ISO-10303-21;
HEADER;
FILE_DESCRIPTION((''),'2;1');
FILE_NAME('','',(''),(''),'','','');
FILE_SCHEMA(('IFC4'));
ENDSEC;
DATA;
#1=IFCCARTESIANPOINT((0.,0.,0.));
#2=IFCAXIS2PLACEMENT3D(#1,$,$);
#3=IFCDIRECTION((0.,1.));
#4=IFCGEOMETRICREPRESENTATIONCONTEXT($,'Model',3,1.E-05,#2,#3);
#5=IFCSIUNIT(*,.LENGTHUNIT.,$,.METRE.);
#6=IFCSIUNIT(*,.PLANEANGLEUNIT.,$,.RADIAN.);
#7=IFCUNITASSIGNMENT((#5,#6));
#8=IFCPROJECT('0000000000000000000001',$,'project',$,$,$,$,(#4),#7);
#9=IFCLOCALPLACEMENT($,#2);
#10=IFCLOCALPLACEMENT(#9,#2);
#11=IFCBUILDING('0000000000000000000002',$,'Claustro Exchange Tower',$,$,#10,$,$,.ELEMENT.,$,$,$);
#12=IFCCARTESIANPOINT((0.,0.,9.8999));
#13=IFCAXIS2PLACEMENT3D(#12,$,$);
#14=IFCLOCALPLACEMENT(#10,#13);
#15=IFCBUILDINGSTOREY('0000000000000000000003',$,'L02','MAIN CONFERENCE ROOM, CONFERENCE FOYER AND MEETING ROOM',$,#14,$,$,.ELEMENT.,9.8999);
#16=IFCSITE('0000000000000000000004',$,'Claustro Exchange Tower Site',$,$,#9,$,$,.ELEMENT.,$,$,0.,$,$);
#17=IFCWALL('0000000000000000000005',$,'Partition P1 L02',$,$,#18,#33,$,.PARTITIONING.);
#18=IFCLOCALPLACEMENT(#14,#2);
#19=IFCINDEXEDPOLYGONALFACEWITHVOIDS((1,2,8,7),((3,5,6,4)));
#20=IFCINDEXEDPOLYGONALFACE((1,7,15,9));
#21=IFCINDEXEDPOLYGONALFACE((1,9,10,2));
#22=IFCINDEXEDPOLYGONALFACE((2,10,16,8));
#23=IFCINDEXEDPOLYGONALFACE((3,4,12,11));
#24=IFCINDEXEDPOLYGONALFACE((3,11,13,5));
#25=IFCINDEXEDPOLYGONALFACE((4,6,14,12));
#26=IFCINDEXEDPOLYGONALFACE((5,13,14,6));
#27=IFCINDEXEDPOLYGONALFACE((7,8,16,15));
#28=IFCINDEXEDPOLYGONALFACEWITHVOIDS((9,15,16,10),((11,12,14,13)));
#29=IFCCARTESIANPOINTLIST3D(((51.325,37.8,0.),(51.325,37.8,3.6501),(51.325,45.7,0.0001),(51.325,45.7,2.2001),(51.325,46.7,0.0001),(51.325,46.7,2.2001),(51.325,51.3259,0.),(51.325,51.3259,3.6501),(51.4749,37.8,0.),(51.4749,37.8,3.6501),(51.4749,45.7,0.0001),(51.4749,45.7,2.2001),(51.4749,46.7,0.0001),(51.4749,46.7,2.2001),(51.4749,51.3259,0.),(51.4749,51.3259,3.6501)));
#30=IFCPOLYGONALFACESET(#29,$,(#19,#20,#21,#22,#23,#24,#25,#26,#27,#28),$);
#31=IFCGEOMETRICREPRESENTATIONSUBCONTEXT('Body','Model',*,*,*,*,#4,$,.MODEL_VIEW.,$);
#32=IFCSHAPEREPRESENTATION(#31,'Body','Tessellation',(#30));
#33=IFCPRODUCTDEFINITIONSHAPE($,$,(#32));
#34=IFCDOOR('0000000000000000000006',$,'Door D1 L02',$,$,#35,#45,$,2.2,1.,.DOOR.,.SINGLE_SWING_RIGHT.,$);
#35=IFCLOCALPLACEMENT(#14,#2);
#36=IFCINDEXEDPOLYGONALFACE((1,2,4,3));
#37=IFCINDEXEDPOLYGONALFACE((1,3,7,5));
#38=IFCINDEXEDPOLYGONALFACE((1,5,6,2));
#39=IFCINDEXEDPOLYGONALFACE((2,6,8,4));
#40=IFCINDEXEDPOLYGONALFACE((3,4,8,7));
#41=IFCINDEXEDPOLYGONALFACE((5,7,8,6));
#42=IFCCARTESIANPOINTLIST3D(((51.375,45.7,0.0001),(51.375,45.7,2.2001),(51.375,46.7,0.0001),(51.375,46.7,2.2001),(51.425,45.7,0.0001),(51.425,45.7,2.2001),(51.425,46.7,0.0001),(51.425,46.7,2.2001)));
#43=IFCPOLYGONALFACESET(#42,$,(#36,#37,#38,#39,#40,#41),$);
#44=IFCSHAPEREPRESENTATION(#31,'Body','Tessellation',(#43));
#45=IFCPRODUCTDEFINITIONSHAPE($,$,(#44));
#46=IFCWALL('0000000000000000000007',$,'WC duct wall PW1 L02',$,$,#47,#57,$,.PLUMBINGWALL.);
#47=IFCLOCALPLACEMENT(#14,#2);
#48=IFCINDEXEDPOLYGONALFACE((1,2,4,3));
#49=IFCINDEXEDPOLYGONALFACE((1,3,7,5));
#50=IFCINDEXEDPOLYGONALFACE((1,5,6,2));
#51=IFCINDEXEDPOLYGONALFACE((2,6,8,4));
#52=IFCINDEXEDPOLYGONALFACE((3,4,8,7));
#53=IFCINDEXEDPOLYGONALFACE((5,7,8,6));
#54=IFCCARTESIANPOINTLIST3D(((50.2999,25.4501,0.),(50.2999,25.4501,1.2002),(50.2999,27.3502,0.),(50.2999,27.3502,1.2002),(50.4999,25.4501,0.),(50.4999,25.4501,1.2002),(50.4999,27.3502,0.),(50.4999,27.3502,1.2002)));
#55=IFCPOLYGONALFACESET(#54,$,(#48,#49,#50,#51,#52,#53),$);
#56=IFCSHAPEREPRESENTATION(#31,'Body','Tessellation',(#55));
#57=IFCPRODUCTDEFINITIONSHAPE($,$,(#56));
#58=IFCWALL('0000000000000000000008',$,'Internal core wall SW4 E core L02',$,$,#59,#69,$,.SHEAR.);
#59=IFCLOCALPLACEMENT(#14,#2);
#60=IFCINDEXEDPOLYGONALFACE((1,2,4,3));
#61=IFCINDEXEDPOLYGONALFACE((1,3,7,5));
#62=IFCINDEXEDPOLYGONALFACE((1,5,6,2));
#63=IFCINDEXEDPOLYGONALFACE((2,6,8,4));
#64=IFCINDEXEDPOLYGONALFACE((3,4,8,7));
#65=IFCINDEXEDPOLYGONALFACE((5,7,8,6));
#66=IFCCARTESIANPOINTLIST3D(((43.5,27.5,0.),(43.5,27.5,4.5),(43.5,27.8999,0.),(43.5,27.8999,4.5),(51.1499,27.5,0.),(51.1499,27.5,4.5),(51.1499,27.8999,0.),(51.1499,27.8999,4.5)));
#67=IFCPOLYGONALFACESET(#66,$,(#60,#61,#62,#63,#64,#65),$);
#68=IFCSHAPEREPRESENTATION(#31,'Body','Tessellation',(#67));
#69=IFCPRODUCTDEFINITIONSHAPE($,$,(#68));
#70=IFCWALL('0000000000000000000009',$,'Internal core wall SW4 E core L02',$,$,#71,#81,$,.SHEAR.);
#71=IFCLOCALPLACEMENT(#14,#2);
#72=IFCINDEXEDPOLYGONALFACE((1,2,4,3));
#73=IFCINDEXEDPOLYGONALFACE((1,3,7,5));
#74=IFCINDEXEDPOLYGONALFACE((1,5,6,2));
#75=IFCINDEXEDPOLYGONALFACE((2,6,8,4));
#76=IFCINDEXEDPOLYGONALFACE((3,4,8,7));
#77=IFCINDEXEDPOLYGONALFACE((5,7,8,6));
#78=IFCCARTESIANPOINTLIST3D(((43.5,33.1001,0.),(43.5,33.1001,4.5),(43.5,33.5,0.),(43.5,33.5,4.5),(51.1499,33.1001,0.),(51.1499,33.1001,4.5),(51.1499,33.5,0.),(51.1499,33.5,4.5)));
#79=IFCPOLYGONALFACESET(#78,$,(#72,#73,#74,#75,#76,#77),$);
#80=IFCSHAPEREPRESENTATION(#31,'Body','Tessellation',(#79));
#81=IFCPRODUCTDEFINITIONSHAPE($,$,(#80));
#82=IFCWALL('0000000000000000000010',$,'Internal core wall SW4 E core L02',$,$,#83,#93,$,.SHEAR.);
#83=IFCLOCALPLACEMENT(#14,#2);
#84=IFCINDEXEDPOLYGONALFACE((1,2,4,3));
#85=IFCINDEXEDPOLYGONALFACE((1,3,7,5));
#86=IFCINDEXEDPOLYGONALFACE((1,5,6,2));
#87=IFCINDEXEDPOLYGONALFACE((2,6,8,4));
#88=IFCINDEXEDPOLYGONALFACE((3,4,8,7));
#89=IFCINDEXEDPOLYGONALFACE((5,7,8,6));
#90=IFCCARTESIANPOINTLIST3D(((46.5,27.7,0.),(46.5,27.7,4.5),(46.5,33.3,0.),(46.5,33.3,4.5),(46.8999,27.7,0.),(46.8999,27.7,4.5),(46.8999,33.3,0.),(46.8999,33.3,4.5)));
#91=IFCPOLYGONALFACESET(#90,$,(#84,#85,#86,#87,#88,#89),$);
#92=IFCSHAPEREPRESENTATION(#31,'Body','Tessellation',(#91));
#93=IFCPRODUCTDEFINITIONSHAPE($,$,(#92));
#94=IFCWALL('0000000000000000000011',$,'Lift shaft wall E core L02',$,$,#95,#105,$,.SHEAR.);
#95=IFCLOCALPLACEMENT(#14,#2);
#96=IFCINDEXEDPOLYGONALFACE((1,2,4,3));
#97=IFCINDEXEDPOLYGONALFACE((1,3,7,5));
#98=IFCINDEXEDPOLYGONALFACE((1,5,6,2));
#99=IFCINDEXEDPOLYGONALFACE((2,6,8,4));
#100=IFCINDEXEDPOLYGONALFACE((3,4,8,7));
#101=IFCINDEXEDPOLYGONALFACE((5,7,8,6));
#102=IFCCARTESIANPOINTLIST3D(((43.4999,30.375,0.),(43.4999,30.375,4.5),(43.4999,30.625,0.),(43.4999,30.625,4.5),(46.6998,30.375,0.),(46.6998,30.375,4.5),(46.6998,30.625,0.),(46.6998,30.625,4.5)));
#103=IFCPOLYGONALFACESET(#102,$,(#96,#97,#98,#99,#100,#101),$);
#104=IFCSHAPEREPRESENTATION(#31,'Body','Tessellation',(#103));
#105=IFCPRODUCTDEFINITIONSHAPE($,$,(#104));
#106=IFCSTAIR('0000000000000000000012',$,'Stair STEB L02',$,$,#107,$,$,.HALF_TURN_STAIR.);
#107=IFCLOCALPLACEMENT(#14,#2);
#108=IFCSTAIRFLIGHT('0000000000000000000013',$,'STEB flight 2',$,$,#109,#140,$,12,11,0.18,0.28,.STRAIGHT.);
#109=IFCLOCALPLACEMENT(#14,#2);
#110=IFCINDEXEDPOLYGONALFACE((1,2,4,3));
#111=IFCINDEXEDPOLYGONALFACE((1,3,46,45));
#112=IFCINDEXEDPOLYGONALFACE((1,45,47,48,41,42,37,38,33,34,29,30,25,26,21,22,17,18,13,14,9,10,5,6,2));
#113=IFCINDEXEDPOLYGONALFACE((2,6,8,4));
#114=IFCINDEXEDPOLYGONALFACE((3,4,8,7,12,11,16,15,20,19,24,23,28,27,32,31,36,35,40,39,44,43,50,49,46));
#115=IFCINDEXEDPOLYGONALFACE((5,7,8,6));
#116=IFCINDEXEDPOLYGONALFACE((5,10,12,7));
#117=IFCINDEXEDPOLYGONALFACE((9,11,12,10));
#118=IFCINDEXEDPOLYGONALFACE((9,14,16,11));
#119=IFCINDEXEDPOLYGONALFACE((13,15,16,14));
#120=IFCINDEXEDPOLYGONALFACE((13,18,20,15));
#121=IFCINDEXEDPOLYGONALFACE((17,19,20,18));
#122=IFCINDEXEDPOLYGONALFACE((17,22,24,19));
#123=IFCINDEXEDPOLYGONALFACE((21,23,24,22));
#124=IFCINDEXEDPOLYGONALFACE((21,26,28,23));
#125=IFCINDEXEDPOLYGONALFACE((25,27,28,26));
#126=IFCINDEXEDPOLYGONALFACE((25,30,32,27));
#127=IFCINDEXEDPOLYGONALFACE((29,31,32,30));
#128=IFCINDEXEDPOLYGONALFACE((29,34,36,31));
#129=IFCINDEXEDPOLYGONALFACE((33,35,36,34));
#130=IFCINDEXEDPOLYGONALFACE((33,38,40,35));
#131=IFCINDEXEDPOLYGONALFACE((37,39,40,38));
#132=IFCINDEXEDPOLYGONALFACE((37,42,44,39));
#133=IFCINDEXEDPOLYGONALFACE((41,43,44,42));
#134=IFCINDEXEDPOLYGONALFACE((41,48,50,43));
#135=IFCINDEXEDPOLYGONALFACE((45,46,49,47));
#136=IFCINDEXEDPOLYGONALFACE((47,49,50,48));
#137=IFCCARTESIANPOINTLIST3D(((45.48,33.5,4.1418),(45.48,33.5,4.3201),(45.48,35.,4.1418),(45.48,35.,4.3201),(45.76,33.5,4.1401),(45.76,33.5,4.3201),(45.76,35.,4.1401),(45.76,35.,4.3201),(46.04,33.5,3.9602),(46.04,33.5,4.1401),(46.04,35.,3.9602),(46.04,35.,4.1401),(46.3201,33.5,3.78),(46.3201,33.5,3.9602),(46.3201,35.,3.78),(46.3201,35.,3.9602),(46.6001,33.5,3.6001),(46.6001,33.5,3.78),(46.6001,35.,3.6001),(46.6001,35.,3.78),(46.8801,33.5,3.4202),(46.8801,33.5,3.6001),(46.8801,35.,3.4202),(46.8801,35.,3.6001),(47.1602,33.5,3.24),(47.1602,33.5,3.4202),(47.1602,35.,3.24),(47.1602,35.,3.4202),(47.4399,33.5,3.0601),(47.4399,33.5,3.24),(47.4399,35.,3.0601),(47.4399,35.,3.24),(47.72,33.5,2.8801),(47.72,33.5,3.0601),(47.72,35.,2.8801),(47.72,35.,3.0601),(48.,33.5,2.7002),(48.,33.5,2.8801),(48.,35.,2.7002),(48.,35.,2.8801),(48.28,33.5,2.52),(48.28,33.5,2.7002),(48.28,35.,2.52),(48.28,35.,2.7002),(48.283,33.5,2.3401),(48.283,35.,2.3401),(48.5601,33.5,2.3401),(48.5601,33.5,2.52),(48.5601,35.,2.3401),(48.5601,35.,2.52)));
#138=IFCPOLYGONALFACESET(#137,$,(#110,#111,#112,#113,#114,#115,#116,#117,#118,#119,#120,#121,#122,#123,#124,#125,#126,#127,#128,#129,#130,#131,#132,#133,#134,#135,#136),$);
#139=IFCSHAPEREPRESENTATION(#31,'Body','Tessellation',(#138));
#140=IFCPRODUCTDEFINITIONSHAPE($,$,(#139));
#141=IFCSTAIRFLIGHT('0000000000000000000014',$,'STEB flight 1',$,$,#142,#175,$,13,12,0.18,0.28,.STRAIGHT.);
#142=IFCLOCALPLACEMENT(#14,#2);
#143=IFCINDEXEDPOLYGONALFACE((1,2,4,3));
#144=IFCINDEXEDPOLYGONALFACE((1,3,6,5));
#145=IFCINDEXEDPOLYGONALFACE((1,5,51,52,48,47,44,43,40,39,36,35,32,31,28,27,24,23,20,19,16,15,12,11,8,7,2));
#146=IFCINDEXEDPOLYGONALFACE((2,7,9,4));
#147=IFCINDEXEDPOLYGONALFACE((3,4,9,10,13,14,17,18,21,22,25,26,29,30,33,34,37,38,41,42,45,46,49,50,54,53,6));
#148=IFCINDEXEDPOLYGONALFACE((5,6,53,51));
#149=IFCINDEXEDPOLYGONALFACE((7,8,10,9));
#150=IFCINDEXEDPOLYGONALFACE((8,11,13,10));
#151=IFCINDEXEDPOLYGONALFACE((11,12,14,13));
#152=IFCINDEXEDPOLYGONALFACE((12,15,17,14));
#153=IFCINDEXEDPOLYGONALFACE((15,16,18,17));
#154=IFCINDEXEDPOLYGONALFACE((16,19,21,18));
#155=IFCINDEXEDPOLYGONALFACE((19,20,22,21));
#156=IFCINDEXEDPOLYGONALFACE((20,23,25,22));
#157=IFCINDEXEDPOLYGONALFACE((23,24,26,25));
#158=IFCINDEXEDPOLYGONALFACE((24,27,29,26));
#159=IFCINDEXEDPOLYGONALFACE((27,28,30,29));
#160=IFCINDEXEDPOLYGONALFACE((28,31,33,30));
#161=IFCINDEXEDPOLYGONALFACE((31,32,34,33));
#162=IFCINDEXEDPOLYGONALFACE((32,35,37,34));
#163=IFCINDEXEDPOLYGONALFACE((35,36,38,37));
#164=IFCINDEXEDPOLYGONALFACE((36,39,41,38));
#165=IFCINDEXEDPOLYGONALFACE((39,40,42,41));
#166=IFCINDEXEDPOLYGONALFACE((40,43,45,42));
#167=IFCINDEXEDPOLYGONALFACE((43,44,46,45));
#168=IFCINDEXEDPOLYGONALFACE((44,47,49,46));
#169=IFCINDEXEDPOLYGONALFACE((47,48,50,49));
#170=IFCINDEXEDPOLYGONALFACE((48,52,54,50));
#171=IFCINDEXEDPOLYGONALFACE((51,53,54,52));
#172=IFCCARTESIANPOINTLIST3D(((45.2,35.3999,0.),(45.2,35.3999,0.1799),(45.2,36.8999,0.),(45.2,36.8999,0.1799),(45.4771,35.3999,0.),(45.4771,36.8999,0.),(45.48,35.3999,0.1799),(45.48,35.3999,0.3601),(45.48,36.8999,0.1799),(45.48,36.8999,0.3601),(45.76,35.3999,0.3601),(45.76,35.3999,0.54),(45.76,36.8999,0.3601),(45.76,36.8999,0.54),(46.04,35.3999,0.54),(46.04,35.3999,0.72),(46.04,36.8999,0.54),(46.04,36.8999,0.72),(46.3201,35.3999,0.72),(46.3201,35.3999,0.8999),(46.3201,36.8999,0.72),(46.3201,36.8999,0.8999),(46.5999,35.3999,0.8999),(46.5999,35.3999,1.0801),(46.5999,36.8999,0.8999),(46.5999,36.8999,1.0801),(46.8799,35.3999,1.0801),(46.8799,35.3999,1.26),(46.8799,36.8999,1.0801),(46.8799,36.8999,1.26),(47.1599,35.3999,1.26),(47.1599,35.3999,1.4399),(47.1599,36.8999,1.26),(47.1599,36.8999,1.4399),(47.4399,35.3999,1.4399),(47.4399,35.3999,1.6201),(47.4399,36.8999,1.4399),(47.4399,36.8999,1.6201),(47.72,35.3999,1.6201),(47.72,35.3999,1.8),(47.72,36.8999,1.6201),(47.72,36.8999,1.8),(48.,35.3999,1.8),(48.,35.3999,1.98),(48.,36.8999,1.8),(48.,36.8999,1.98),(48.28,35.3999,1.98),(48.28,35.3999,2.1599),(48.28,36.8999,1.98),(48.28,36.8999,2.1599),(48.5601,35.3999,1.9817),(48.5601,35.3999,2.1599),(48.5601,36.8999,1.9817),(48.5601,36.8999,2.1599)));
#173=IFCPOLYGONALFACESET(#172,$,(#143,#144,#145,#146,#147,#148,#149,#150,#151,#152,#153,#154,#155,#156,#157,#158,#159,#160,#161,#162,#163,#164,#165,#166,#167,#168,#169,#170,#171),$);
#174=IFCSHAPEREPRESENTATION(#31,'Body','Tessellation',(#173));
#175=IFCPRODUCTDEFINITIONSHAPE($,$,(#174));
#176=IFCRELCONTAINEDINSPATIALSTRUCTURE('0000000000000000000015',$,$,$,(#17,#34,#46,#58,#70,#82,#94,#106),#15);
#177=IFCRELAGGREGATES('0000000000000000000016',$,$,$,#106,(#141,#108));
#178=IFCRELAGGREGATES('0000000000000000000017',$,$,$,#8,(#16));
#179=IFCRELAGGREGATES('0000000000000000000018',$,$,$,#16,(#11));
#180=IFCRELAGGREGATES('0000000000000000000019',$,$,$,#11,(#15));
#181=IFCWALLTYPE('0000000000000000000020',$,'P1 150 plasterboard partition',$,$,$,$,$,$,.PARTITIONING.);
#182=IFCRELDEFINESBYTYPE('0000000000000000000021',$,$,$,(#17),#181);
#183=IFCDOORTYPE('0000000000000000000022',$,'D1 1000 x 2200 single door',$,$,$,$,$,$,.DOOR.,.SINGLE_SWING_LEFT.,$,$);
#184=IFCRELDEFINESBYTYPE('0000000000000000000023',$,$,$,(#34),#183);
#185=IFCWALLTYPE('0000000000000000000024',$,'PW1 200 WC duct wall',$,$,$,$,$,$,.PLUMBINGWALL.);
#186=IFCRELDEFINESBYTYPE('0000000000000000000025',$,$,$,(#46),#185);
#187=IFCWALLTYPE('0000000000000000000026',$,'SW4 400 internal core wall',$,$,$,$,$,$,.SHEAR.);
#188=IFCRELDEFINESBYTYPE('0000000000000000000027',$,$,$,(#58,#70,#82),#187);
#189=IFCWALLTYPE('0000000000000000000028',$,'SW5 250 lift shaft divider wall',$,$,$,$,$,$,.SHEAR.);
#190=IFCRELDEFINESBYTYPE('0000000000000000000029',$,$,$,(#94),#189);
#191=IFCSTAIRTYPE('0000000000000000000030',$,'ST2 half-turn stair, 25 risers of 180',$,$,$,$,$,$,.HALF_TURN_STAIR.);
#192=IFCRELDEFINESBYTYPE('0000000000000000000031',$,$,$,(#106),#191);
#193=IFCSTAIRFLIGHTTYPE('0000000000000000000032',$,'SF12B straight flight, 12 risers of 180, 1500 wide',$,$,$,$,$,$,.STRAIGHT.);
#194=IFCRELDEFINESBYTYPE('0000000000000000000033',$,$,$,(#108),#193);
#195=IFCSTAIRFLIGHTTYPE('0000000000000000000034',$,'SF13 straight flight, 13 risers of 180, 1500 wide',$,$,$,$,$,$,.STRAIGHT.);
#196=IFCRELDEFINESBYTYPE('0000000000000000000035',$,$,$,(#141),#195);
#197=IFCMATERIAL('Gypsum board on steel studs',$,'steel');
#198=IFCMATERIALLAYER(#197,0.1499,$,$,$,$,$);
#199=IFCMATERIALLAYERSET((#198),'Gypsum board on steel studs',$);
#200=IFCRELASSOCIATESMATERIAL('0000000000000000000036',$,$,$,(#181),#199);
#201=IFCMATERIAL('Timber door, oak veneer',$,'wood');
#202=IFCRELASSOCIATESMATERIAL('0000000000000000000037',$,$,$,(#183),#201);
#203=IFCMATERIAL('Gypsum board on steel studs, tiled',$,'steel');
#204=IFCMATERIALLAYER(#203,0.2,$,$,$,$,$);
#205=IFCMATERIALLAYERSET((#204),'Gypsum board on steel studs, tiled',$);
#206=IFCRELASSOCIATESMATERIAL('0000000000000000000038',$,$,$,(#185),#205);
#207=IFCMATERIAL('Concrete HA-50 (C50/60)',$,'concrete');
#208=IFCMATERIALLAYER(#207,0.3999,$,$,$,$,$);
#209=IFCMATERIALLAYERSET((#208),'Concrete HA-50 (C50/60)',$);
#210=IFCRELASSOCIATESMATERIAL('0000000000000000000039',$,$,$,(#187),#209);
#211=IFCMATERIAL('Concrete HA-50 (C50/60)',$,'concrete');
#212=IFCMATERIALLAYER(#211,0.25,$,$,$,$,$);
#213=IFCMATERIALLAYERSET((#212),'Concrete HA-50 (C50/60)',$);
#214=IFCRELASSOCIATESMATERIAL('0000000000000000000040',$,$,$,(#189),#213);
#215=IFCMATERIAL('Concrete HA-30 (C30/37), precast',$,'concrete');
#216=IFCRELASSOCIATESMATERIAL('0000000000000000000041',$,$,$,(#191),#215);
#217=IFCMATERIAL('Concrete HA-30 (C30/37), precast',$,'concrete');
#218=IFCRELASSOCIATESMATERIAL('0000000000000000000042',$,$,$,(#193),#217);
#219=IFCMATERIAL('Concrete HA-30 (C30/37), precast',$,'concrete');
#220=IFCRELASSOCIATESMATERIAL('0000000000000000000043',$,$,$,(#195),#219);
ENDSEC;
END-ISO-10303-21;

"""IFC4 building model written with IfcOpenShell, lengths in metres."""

from ifc_helpers import new_model, si_unit, direction, frame, frame_2d, origin, place, context, subcontext, project, spatial, polyline, rectangle, outline, extrude, material, layer, layer_set, type_object, element, fill, aggregate, save


model = new_model("IFC4")

# Units and contexts
model_context = context("Model", 3, precision=1e-05, world=origin(), true_north=direction((0.0, 1.0)))
body_context = subcontext(model_context, "Body", "Model", "MODEL_VIEW")
ifc_project = project(units=[si_unit("LENGTHUNIT", "METRE"), si_unit("PLANEANGLEUNIT", "RADIAN")], contexts=[model_context])

# Site, building, storey
site_placement = place(None, origin())
site = spatial("IfcSite", under=ifc_project, at=site_placement, Name="Claustro Exchange Tower Site", CompositionType="ELEMENT", RefElevation=0.0)
building_placement = place(site_placement, origin())
building = spatial("IfcBuilding", under=site, at=building_placement, Name="Claustro Exchange Tower", CompositionType="ELEMENT")
storey_placement = place(building_placement, frame((0.0, 0.0, 9.8999)))
storey = spatial("IfcBuildingStorey", under=building, at=storey_placement, Name="L02", Description="MAIN CONFERENCE ROOM, CONFERENCE FOYER AND MEETING ROOM", CompositionType="ELEMENT", Elevation=9.8999)

# Wall, opening, door
ifc_material_1 = material(Name="Gypsum board on steel studs", Category="steel")
ifc_layer_1 = layer(ifc_material_1, 0.1499)
ifc_layer_set_1 = layer_set([ifc_layer_1], Name="Gypsum board on steel studs")
wall_type_1 = type_object("IfcWallType", Name="P1 150 plasterboard partition", PredefinedType="PARTITIONING", material=ifc_layer_set_1)
wall_1_placement = place(storey_placement, frame((51.3999, 37.8, 0.0), z_axis=(0.0, 0.0, 1.0), x_axis=(0.0, 1.0, 0.0)))
wall_1 = element("IfcWall", 1, at=wall_1_placement, inside=storey, type_object=wall_type_1, Name="Partition P1 L02", PredefinedType="PARTITIONING", context=body_context, shape_type="SweptSolid", body=[
    extrude(rectangle(XDim=13.5259, YDim=0.1499, at=frame_2d((6.7629, 0.0))), origin(), (0.0, 0.0, 1.0), 3.6501),
])
opening_placement = place(wall_1_placement, frame((7.8999, 0.0, 0.0)))
opening = element("IfcOpeningElement", 2, at=opening_placement, cuts=wall_1, PredefinedType="OPENING", context=body_context, shape_type="SweptSolid", body=[
    extrude(rectangle(XDim=1.0, YDim=2.2, at=frame_2d((0.5, 1.1001))), frame((0.0, 0.085, 0.0), z_axis=(0.0, -1.0, 0.0), x_axis=(1.0, 0.0, 0.0)), (0.0, 0.0, 1.0), 0.1699),
])
ifc_material_2 = material(Name="Timber door, oak veneer", Category="wood")
door_type = type_object("IfcDoorType", Name="D1 1000 x 2200 single door", OperationType="SINGLE_SWING_LEFT", PredefinedType="DOOR", material=ifc_material_2)
door_placement = place(opening_placement, origin())
door = element("IfcDoor", 3, at=door_placement, inside=storey, type_object=door_type, Name="Door D1 L02", OperationType="SINGLE_SWING_RIGHT", OverallHeight=2.2, OverallWidth=1.0, PredefinedType="DOOR", context=body_context, shape_type="SweptSolid", body=[
    extrude(rectangle(XDim=1.0, YDim=2.2, at=frame_2d((0.5, 1.1001))), frame((0.0, 0.0249, 0.0), z_axis=(0.0, -1.0, 0.0), x_axis=(1.0, 0.0, 0.0)), (0.0, 0.0, 1.0), 0.05),
])
fill(opening, door)

# Walls
ifc_material_3 = material(Name="Gypsum board on steel studs, tiled", Category="steel")
ifc_layer_2 = layer(ifc_material_3, 0.2)
ifc_layer_set_2 = layer_set([ifc_layer_2], Name="Gypsum board on steel studs, tiled")
wall_type_2 = type_object("IfcWallType", Name="PW1 200 WC duct wall", PredefinedType="PLUMBINGWALL", material=ifc_layer_set_2)
wall_2_placement = place(storey_placement, frame((50.3999, 25.45, 0.0), z_axis=(0.0, 0.0, 1.0), x_axis=(0.0, 1.0, 0.0)))
element("IfcWall", 4, at=wall_2_placement, inside=storey, type_object=wall_type_2, Name="WC duct wall PW1 L02", PredefinedType="PLUMBINGWALL", context=body_context, shape_type="SweptSolid", body=[
    extrude(rectangle(XDim=1.9001, YDim=0.2, at=frame_2d((0.9502, 0.0))), origin(), (0.0, 0.0, 1.0), 1.2002),
])
ifc_material_4 = material(Name="Concrete HA-50 (C50/60)", Category="concrete")
ifc_layer_3 = layer(ifc_material_4, 0.3999)
ifc_layer_set_3 = layer_set([ifc_layer_3], Name="Concrete HA-50 (C50/60)")
wall_type_3 = type_object("IfcWallType", Name="SW4 400 internal core wall", PredefinedType="SHEAR", material=ifc_layer_set_3)
for number, where, z_axis, x_axis, name in (
    (5, (51.1499, 27.7, 0.0), (0.0, 0.0, 1.0), (-1.0, 0.0, 0.0), "Internal core wall SW4 E core L02"),
    (6, (51.1499, 33.3, 0.0), (0.0, 0.0, 1.0), (-1.0, 0.0, 0.0), "Internal core wall SW4 E core L02"),
):
    element("IfcWall", number, at=place(storey_placement, frame(where, z_axis=z_axis, x_axis=x_axis)), inside=storey, type_object=wall_type_3, Name=name, PredefinedType="SHEAR", context=body_context, shape_type="SweptSolid", body=[
        extrude(rectangle(XDim=7.6499, YDim=0.3999, at=frame_2d((3.825, 0.0))), origin(), (0.0, 0.0, 1.0), 4.5),
    ])
wall_3_placement = place(storey_placement, frame((46.7, 27.7, 0.0), z_axis=(0.0, 0.0, 1.0), x_axis=(0.0, 1.0, 0.0)))
element("IfcWall", 7, at=wall_3_placement, inside=storey, type_object=wall_type_3, Name="Internal core wall SW4 E core L02", PredefinedType="SHEAR", context=body_context, shape_type="SweptSolid", body=[
    extrude(rectangle(XDim=5.6001, YDim=0.3999, at=frame_2d((2.8, 0.0))), origin(), (0.0, 0.0, 1.0), 4.5),
])
ifc_material_5 = material(Name="Concrete HA-50 (C50/60)", Category="concrete")
ifc_layer_4 = layer(ifc_material_5, 0.25)
ifc_layer_set_4 = layer_set([ifc_layer_4], Name="Concrete HA-50 (C50/60)")
wall_type_4 = type_object("IfcWallType", Name="SW5 250 lift shaft divider wall", PredefinedType="SHEAR", material=ifc_layer_set_4)
wall_4_placement = place(storey_placement, frame((46.7, 30.5, 0.0), z_axis=(0.0, 0.0, 1.0), x_axis=(-1.0, 0.0, 0.0)))
element("IfcWall", 8, at=wall_4_placement, inside=storey, type_object=wall_type_4, Name="Lift shaft wall E core L02", PredefinedType="SHEAR", context=body_context, shape_type="SweptSolid", body=[
    extrude(rectangle(XDim=3.2, YDim=0.25, at=frame_2d((1.6001, 0.0))), origin(), (0.0, 0.0, 1.0), 4.5),
])

# Stair, stair flights
ifc_material_6 = material(Name="Concrete HA-30 (C30/37), precast", Category="concrete")
stair_type = type_object("IfcStairType", Name="ST2 half-turn stair, 25 risers of 180", PredefinedType="HALF_TURN_STAIR", material=ifc_material_6)
stair_placement = place(storey_placement, origin())
stair = element("IfcStair", 9, at=stair_placement, inside=storey, type_object=stair_type, Name="Stair STEB L02", PredefinedType="HALF_TURN_STAIR")
ifc_material_7 = material(Name="Concrete HA-30 (C30/37), precast", Category="concrete")
stair_flight_type_1 = type_object("IfcStairFlightType", Name="SF12B straight flight, 12 risers of 180, 1500 wide", PredefinedType="STRAIGHT", material=ifc_material_7)
stair_flight_1_placement = place(storey_placement, frame((48.5601, 34.25, 2.3401), z_axis=(0.0, 0.0, 1.0), x_axis=(-1.0, 0.0, 0.0)))
stair_flight_1 = element("IfcStairFlight", 10, at=stair_flight_1_placement, type_object=stair_flight_type_1, Name="STEB flight 2", NumberOfRisers=12, NumberOfTreads=11, PredefinedType="STRAIGHT", RiserHeight=0.18, TreadLength=0.28, context=body_context, shape_type="SweptSolid", body=[
    extrude(outline(polyline([(0.0, 0.0), (0.0, 0.1799), (0.28, 0.1799), (0.28, 0.3601), (0.5601, 0.3601), (0.5601, 0.54), (0.8401, 0.54), (0.8401, 0.72), (1.1201, 0.72), (1.1201, 0.8999), (1.3999, 0.8999), (1.3999, 1.0801), (1.6799, 1.0801), (1.6799, 1.26), (1.96, 1.26), (1.96, 1.4399), (2.24, 1.4399), (2.24, 1.6201), (2.52, 1.6201), (2.52, 1.8), (2.8, 1.8), (2.8, 1.98), (3.0801, 1.98), (3.0801, 2.1599), (3.0801, 1.8018), (0.2771, 0.0), (0.0, 0.0)])), frame((0.0, 0.75, 0.0), z_axis=(0.0, -1.0, 0.0), x_axis=(1.0, 0.0, 0.0)), (0.0, 0.0, 1.0), 1.5),
])
ifc_material_8 = material(Name="Concrete HA-30 (C30/37), precast", Category="concrete")
stair_flight_type_2 = type_object("IfcStairFlightType", Name="SF13 straight flight, 13 risers of 180, 1500 wide", PredefinedType="STRAIGHT", material=ifc_material_8)
stair_flight_2_placement = place(storey_placement, frame((45.2, 36.1499, 0.0), z_axis=(0.0, 0.0, 1.0), x_axis=(1.0, 0.0, 0.0)))
stair_flight_2 = element("IfcStairFlight", 11, at=stair_flight_2_placement, type_object=stair_flight_type_2, Name="STEB flight 1", NumberOfRisers=13, NumberOfTreads=12, PredefinedType="STRAIGHT", RiserHeight=0.18, TreadLength=0.28, context=body_context, shape_type="SweptSolid", body=[
    extrude(outline(polyline([(0.0, 0.0), (0.0, 0.1799), (0.28, 0.1799), (0.28, 0.3601), (0.5601, 0.3601), (0.5601, 0.54), (0.8401, 0.54), (0.8401, 0.72), (1.1201, 0.72), (1.1201, 0.8999), (1.3999, 0.8999), (1.3999, 1.0801), (1.6799, 1.0801), (1.6799, 1.26), (1.96, 1.26), (1.96, 1.4399), (2.24, 1.4399), (2.24, 1.6201), (2.52, 1.6201), (2.52, 1.8), (2.8, 1.8), (2.8, 1.98), (3.0801, 1.98), (3.0801, 2.1599), (3.3601, 2.1599), (3.3601, 2.3401), (3.3601, 1.9817), (0.2771, 0.0), (0.0, 0.0)])), frame((0.0, 0.75, 0.0), z_axis=(0.0, -1.0, 0.0), x_axis=(1.0, 0.0, 0.0)), (0.0, 0.0, 1.0), 1.5),
])
aggregate(stair, [stair_flight_2, stair_flight_1])

save(model, "model.ifc")
